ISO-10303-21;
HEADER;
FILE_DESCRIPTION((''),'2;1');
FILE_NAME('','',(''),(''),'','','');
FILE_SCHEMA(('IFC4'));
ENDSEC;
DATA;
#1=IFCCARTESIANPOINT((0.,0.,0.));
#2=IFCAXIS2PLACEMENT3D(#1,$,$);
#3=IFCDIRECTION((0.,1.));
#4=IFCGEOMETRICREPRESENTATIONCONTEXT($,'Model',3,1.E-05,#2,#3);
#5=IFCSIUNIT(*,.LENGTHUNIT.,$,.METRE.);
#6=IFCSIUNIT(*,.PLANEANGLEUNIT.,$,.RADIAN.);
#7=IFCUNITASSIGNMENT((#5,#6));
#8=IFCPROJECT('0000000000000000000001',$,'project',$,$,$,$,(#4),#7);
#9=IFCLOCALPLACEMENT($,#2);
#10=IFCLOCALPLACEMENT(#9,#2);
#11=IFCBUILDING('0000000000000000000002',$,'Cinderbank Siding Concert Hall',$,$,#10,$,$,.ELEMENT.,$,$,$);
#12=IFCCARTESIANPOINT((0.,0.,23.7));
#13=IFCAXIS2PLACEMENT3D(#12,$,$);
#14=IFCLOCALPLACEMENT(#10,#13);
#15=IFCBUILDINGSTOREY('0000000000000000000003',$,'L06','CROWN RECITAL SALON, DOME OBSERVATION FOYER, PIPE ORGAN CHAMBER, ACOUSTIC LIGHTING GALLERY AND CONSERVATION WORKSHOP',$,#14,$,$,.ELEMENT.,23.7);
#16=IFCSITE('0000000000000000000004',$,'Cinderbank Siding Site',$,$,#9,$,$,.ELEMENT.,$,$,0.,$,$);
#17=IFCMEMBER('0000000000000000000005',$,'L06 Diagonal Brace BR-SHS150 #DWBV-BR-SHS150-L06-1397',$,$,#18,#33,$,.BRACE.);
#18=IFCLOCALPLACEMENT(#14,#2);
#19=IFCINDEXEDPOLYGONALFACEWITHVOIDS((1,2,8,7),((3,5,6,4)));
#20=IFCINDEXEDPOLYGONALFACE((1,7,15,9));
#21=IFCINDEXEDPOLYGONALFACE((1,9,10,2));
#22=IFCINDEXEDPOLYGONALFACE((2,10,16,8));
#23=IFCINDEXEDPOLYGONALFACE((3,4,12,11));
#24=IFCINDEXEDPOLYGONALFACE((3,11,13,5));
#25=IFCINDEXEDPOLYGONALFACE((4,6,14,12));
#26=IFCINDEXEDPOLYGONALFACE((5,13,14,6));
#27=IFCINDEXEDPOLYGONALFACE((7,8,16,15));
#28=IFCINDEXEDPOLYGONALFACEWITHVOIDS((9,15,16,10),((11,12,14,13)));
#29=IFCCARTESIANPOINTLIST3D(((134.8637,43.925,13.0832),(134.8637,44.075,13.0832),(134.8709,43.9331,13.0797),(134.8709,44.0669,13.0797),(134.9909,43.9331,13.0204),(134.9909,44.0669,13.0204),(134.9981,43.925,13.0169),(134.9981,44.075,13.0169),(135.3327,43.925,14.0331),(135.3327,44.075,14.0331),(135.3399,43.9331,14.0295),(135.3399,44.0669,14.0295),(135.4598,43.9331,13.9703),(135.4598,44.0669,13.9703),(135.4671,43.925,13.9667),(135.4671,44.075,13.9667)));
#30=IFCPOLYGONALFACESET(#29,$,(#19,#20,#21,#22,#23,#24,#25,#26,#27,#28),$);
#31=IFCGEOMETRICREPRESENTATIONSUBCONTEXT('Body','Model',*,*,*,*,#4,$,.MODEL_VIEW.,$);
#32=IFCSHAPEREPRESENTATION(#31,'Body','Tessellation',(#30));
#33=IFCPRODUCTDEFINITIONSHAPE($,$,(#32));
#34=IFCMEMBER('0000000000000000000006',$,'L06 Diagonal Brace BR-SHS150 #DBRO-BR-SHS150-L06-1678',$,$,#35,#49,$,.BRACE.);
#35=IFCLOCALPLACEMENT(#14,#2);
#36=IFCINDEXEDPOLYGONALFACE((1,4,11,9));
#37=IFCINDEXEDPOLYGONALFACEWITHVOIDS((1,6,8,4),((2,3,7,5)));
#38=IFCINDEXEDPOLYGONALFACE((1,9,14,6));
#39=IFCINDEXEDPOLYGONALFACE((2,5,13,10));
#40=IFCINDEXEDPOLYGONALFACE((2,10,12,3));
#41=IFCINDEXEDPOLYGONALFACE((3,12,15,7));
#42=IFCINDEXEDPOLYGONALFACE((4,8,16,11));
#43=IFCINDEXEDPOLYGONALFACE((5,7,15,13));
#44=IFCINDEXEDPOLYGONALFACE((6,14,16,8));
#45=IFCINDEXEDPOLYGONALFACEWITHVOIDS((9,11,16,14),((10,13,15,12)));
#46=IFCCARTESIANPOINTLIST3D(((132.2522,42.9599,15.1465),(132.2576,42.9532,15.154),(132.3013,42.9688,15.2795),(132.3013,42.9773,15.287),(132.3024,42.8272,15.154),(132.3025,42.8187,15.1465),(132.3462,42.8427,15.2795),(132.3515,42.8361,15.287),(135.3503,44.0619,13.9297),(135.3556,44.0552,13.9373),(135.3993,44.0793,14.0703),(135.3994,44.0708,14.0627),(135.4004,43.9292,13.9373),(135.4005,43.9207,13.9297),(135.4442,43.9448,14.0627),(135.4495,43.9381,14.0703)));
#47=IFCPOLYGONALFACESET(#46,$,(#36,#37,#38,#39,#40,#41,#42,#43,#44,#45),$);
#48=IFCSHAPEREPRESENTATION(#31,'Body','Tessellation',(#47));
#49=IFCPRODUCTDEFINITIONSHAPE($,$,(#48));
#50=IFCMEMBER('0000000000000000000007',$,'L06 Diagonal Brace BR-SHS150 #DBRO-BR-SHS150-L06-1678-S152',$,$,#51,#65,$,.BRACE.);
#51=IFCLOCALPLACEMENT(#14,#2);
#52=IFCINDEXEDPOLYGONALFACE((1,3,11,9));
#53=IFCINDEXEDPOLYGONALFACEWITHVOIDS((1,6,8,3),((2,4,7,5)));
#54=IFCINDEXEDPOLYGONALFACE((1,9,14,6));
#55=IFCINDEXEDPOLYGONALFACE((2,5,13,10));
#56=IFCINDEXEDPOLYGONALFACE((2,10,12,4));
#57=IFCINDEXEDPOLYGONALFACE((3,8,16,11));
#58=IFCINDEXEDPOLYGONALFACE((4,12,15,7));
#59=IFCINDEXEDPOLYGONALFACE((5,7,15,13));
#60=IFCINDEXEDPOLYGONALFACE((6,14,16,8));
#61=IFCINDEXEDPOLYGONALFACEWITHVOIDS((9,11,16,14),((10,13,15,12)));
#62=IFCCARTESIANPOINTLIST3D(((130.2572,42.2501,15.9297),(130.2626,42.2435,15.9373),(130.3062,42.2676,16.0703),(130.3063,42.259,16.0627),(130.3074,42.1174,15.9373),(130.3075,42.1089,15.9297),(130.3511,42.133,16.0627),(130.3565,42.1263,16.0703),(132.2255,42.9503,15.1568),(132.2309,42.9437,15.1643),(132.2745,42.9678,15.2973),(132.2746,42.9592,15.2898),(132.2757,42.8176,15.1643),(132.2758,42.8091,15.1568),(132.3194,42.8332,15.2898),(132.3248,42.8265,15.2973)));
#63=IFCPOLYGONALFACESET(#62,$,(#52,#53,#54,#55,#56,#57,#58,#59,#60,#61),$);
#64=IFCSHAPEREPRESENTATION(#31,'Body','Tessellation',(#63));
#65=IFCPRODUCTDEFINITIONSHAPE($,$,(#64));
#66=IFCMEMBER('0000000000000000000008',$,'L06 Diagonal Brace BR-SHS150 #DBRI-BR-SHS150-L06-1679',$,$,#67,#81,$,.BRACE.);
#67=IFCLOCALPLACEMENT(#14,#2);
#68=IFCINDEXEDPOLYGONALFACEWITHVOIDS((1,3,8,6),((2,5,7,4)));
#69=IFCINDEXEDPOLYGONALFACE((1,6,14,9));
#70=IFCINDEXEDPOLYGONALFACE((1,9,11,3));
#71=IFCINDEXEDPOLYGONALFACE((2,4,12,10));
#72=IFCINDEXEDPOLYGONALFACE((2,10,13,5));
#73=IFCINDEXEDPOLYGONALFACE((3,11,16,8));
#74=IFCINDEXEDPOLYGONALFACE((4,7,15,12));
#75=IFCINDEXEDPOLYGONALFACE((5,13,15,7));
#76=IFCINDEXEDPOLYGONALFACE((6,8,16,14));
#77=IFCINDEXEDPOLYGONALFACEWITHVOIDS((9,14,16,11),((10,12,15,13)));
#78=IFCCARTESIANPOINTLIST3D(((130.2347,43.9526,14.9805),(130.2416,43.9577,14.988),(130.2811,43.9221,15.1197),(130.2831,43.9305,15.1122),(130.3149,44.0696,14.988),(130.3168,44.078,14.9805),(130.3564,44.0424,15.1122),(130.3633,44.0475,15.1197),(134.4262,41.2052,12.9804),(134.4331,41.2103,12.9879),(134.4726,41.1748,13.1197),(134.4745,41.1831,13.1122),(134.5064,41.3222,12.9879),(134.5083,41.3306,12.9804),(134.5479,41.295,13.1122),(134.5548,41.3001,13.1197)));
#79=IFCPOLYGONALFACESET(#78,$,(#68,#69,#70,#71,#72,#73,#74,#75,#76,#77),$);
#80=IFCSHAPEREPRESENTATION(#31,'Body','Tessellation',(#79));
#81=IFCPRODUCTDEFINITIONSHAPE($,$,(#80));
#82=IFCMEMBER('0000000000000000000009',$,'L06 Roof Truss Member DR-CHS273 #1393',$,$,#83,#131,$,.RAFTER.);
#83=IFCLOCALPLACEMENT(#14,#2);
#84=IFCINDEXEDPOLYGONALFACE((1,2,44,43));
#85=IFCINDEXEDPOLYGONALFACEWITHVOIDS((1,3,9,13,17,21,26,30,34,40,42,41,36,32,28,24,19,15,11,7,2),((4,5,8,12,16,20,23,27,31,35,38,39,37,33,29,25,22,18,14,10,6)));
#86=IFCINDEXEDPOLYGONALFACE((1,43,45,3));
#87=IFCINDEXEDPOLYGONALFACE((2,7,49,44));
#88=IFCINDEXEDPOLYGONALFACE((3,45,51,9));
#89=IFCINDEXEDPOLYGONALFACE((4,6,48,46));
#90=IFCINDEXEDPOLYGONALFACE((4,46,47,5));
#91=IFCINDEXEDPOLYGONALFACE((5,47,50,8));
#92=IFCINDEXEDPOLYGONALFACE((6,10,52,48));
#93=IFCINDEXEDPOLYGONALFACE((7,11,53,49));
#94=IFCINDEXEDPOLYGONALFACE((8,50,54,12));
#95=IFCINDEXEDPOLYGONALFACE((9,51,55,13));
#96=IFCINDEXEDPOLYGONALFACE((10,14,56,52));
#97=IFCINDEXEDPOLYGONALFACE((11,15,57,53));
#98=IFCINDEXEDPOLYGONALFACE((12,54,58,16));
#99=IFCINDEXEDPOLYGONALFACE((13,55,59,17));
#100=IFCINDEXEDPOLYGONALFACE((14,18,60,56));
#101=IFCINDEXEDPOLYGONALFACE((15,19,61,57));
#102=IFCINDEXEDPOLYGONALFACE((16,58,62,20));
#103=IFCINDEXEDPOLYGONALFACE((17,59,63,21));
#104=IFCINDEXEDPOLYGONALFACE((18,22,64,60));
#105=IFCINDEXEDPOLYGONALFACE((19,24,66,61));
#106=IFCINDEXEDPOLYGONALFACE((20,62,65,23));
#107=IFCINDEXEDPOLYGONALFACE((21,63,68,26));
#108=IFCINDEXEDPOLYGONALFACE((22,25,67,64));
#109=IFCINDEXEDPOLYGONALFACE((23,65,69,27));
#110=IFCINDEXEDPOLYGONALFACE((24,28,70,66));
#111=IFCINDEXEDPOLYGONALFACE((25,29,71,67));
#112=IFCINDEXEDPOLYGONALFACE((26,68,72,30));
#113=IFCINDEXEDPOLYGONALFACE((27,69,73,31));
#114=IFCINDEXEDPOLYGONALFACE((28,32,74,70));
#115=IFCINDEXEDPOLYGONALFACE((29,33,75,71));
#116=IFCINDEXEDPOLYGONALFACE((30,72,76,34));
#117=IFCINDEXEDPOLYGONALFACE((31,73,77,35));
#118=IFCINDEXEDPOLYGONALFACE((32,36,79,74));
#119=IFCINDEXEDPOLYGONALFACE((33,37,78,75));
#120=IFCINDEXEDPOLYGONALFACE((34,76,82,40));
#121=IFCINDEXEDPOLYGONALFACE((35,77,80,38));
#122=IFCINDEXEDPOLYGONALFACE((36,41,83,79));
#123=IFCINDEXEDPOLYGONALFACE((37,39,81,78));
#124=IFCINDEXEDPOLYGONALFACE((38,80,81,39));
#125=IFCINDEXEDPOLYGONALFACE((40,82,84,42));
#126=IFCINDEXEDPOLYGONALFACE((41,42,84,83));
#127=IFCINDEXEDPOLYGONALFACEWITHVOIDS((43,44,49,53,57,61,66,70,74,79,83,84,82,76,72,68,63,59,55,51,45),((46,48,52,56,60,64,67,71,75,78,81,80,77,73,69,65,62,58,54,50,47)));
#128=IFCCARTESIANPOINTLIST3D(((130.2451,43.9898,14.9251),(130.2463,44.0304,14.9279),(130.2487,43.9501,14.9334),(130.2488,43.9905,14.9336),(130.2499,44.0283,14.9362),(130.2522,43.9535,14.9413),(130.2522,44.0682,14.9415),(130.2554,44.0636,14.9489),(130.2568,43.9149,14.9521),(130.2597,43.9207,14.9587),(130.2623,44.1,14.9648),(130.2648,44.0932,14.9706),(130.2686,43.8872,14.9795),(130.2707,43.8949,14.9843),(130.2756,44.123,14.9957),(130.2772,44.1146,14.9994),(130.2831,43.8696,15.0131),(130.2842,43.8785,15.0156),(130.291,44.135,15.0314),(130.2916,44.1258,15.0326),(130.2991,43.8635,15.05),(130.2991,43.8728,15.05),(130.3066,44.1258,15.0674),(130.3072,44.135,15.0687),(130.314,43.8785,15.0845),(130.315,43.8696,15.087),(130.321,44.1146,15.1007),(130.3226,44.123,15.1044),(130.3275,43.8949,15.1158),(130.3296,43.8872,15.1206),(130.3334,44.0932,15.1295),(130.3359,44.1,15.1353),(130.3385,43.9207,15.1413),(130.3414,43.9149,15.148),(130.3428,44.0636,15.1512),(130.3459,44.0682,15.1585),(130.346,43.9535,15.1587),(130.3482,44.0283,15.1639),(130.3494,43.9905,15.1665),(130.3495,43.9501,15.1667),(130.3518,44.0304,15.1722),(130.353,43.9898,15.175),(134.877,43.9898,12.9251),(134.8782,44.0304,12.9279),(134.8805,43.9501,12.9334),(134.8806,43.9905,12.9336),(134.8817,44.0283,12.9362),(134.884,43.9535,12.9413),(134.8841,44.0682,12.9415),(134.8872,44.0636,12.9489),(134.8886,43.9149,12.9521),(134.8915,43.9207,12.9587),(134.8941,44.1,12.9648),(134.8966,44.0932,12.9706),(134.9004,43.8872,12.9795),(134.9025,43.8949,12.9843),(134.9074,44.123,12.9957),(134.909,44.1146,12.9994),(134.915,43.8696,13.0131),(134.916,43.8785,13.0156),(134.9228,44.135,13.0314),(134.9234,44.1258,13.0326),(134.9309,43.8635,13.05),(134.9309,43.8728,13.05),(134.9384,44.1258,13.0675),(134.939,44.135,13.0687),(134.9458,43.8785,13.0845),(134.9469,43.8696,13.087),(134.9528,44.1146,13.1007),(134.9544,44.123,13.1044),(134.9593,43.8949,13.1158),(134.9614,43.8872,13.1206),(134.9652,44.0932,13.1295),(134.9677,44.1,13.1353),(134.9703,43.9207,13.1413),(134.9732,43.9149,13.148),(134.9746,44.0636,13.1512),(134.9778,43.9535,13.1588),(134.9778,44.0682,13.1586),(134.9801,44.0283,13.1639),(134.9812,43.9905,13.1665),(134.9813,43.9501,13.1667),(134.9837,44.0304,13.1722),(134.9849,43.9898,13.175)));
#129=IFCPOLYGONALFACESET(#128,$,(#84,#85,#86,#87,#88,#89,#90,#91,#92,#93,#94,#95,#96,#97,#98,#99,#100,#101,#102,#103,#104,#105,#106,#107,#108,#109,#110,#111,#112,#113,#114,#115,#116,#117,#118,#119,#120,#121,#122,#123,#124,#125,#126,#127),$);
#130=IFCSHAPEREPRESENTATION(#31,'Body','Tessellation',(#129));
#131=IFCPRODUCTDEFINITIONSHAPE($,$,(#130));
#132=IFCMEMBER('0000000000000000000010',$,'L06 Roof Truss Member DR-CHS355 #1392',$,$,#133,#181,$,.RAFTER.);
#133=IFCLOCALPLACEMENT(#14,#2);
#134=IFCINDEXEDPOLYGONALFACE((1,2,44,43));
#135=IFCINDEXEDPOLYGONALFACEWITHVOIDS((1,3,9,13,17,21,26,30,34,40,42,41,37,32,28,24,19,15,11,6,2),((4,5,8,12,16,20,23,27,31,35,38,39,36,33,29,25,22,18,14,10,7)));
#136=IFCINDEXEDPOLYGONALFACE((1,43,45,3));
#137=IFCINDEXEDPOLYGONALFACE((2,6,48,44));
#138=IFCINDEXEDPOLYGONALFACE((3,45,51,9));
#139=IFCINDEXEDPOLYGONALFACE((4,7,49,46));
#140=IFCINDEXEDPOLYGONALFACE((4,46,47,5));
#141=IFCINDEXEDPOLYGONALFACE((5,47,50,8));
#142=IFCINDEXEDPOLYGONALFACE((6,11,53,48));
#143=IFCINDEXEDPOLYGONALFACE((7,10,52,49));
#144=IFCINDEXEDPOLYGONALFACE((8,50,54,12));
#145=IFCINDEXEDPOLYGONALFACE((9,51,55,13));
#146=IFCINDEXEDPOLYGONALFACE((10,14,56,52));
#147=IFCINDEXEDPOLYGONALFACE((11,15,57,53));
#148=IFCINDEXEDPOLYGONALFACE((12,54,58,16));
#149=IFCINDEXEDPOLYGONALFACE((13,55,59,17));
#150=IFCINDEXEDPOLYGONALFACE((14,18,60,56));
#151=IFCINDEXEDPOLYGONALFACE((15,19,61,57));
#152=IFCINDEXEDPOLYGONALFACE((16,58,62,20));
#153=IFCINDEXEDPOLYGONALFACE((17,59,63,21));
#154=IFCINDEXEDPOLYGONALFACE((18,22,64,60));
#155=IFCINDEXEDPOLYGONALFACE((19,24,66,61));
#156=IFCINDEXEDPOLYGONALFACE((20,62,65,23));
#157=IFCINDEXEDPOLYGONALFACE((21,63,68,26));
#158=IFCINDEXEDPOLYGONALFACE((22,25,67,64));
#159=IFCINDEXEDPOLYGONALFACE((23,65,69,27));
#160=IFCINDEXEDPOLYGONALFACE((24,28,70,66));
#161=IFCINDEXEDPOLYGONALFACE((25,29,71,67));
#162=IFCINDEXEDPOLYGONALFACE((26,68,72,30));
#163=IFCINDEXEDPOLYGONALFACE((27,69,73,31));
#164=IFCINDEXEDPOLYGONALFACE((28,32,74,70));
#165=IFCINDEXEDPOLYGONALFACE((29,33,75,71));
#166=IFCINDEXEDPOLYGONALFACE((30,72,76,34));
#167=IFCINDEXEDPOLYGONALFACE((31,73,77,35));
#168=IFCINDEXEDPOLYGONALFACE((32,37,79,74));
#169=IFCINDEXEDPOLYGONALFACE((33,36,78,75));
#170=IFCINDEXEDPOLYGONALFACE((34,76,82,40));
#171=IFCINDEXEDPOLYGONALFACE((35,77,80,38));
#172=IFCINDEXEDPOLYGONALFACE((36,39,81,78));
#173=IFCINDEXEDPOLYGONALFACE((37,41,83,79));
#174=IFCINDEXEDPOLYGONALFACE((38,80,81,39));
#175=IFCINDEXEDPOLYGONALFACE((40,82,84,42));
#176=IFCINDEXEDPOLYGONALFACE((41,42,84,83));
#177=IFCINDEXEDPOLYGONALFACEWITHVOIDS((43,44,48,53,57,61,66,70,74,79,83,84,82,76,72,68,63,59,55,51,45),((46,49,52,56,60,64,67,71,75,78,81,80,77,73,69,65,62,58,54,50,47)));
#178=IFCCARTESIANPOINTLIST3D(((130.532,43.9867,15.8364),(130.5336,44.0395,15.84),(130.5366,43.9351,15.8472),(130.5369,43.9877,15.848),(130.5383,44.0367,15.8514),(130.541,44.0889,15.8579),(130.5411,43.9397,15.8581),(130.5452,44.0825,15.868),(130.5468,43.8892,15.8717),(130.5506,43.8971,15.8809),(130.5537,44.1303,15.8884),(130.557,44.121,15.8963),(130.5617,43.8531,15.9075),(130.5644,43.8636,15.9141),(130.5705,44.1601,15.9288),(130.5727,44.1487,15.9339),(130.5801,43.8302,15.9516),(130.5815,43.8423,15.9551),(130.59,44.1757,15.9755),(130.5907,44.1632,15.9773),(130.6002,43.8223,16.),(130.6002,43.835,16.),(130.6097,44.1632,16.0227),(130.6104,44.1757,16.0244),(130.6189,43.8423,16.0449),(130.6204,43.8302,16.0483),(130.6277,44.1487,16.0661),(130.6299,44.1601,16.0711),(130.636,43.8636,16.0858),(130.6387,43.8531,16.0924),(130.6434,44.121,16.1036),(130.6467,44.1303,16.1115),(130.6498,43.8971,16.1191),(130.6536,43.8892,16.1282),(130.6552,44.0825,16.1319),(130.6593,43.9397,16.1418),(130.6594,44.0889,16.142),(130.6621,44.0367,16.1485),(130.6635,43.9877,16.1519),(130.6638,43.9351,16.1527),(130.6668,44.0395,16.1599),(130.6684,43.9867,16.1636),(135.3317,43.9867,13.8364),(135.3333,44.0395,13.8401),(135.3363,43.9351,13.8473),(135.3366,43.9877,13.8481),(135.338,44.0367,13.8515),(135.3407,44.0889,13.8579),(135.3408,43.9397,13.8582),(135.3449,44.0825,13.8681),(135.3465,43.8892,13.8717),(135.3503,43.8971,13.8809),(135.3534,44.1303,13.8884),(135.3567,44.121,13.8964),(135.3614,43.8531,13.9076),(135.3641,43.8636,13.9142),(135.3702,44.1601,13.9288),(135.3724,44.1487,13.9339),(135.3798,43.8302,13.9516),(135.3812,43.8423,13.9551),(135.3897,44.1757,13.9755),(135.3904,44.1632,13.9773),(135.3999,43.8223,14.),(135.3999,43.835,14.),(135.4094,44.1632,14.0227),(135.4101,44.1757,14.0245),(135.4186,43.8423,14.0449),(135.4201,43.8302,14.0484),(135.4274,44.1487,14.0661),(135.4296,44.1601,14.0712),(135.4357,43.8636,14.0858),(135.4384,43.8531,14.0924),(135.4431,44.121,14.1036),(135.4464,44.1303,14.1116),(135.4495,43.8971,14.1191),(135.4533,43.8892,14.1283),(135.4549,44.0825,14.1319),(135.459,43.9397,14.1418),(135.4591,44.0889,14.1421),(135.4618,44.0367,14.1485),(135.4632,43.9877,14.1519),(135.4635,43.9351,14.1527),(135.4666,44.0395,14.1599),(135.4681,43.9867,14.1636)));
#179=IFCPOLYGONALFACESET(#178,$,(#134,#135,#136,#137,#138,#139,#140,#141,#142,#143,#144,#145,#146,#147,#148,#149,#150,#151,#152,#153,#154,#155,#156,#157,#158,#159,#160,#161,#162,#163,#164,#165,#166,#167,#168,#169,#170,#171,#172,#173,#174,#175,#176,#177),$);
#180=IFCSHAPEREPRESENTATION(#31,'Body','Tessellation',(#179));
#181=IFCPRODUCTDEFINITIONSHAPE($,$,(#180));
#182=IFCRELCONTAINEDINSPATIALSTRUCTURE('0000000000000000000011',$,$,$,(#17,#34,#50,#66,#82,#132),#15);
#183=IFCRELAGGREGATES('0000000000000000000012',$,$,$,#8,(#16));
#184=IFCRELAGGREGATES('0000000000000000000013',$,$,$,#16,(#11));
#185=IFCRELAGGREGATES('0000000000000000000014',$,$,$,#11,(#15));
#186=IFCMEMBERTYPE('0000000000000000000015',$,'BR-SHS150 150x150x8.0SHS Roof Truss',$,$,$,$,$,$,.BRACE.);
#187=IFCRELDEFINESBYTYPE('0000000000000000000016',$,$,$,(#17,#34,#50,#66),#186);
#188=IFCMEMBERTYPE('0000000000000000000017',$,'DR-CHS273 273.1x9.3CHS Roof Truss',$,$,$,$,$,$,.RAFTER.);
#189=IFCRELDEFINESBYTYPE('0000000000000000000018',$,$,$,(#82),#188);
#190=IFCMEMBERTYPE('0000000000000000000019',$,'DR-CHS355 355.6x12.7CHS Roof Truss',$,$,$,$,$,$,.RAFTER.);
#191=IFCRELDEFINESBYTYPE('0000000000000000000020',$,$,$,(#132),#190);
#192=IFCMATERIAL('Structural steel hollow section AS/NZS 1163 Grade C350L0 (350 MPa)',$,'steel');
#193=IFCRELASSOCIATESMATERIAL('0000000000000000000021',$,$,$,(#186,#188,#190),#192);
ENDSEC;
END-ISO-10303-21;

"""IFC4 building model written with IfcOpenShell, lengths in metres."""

from ifc_helpers import new_model, si_unit, direction, frame, origin, origin_2d, place, context, subcontext, project, spatial, hollow_rectangle, hollow_circle, extrude, material, material_profile, profile_set, type_object, element, save


model = new_model("IFC4")

# Units and contexts
model_context = context("Model", 3, precision=1e-05, world=origin(), true_north=direction((0.0, 1.0)))
body_context = subcontext(model_context, "Body", "Model", "MODEL_VIEW")
ifc_project = project(units=[si_unit("LENGTHUNIT", "METRE"), si_unit("PLANEANGLEUNIT", "RADIAN")], contexts=[model_context])

# Site, building, storey
site_placement = place(None, origin())
site = spatial("IfcSite", under=ifc_project, at=site_placement, Name="Cinderbank Siding Site", CompositionType="ELEMENT", RefElevation=0.0)
building_placement = place(site_placement, origin())
building = spatial("IfcBuilding", under=site, at=building_placement, Name="Cinderbank Siding Concert Hall", CompositionType="ELEMENT")
storey_placement = place(building_placement, frame((0.0, 0.0, 23.7)))
storey = spatial("IfcBuildingStorey", under=building, at=storey_placement, Name="L06", Description="CROWN RECITAL SALON, DOME OBSERVATION FOYER, PIPE ORGAN CHAMBER, ACOUSTIC LIGHTING GALLERY AND CONSERVATION WORKSHOP", CompositionType="ELEMENT", Elevation=23.7)

# Members
ifc_material_1 = material(Name="Structural steel hollow section AS/NZS 1163 Grade C350L0 (350 MPa)", Category="steel")
ifc_material_profile_1 = material_profile(ifc_material_1, hollow_rectangle(XDim=0.1499, YDim=0.1499, WallThickness=0.0081, at=origin_2d()), Name="150x150x8.0SHS", Category="LoadBearing")
ifc_profile_set_1 = profile_set([ifc_material_profile_1], Name="Structural steel hollow section AS/NZS 1163 Grade C350L0 (350 MPa)")
member_type_1 = type_object("IfcMemberType", Name="BR-SHS150 150x150x8.0SHS Roof Truss", PredefinedType="BRACE", material=ifc_profile_set_1)
member_1_placement = place(storey_placement, frame((134.9309, 44.0, 13.05), z_axis=(0.442691, 0.0, 0.896674), x_axis=(0.0, 1.0, 0.0)))
element("IfcMember", 1, at=member_1_placement, inside=storey, type_object=member_type_1, Name="L06 Diagonal Brace BR-SHS150 #DWBV-BR-SHS150-L06-1397", PredefinedType="BRACE", context=body_context, shape_type="SweptSolid", body=[
    extrude(hollow_rectangle(XDim=0.1499, YDim=0.1499, WallThickness=0.0081, at=origin_2d()), origin(), (0.0, 0.0, 1.0), 1.0593),
])
member_2_placement = place(storey_placement, frame((135.3999, 44.0, 14.0), z_axis=(-0.883613, -0.314313, 0.347039), x_axis=(0.335141, -0.942168, 0.0)))
element("IfcMember", 2, at=member_2_placement, inside=storey, type_object=member_type_1, Name="L06 Diagonal Brace BR-SHS150 #DBRO-BR-SHS150-L06-1678", PredefinedType="BRACE", context=body_context, shape_type="SweptSolid", body=[
    extrude(hollow_rectangle(XDim=0.1499, YDim=0.1499, WallThickness=0.0081, at=origin_2d()), origin(), (0.0, 0.0, 1.0), 3.5061),
])
member_3_placement = place(storey_placement, frame((132.2751, 42.8884, 15.2271), z_axis=(-0.883617, -0.314341, 0.347002), x_axis=(0.335166, -0.942159, 0.0)))
element("IfcMember", 3, at=member_3_placement, inside=storey, type_object=member_type_1, Name="L06 Diagonal Brace BR-SHS150 #DBRO-BR-SHS150-L06-1678-S152", PredefinedType="BRACE", context=body_context, shape_type="SweptSolid", body=[
    extrude(hollow_rectangle(XDim=0.1499, YDim=0.1499, WallThickness=0.0081, at=origin_2d()), origin(), (0.0, 0.0, 1.0), 2.2275),
])
member_4_placement = place(storey_placement, frame((134.4905, 41.2527, 13.05), z_axis=(-0.776778, 0.50915, 0.370653), x_axis=(-0.548197, -0.836349, 0.0)))
element("IfcMember", 4, at=member_4_placement, inside=storey, type_object=member_type_1, Name="L06 Diagonal Brace BR-SHS150 #DBRI-BR-SHS150-L06-1679", PredefinedType="BRACE", context=body_context, shape_type="SweptSolid", body=[
    extrude(hollow_rectangle(XDim=0.1499, YDim=0.1499, WallThickness=0.0081, at=origin_2d()), origin(), (0.0, 0.0, 1.0), 5.396),
])
ifc_material_profile_2 = material_profile(ifc_material_1, hollow_circle(Radius=0.1365, WallThickness=0.0093, at=origin_2d()), Name="273.1x9.3CHS", Category="LoadBearing")
ifc_profile_set_2 = profile_set([ifc_material_profile_2], Name="Structural steel hollow section AS/NZS 1163 Grade C350L0 (350 MPa)")
member_type_2 = type_object("IfcMemberType", Name="DR-CHS273 273.1x9.3CHS Roof Truss", PredefinedType="RAFTER", material=ifc_profile_set_2)
member_5_placement = place(storey_placement, frame((134.9309, 44.0, 13.05), z_axis=(-0.91807, 0.0, 0.396417), x_axis=(0.0, -1.0, 0.0)))
element("IfcMember", 5, at=member_5_placement, inside=storey, type_object=member_type_2, Name="L06 Roof Truss Member DR-CHS273 #1393", PredefinedType="RAFTER", context=body_context, shape_type="SweptSolid", body=[
    extrude(hollow_circle(Radius=0.1365, WallThickness=0.0093, at=origin_2d()), origin(), (0.0, 0.0, 1.0), 5.0452),
])
ifc_material_profile_3 = material_profile(ifc_material_1, hollow_circle(Radius=0.1777, WallThickness=0.0127, at=origin_2d()), Name="355.6x12.7CHS", Category="LoadBearing")
ifc_profile_set_3 = profile_set([ifc_material_profile_3], Name="Structural steel hollow section AS/NZS 1163 Grade C350L0 (350 MPa)")
member_type_3 = type_object("IfcMemberType", Name="DR-CHS355 355.6x12.7CHS Roof Truss", PredefinedType="RAFTER", material=ifc_profile_set_3)
member_6_placement = place(storey_placement, frame((135.3999, 44.0, 14.0), z_axis=(-0.923071, 0.0, 0.384629), x_axis=(0.0, -1.0, 0.0)))
element("IfcMember", 6, at=member_6_placement, inside=storey, type_object=member_type_3, Name="L06 Roof Truss Member DR-CHS355 #1392", PredefinedType="RAFTER", context=body_context, shape_type="SweptSolid", body=[
    extrude(hollow_circle(Radius=0.1777, WallThickness=0.0127, at=origin_2d()), origin(), (0.0, 0.0, 1.0), 5.1997),
])

save(model, "model.ifc")
